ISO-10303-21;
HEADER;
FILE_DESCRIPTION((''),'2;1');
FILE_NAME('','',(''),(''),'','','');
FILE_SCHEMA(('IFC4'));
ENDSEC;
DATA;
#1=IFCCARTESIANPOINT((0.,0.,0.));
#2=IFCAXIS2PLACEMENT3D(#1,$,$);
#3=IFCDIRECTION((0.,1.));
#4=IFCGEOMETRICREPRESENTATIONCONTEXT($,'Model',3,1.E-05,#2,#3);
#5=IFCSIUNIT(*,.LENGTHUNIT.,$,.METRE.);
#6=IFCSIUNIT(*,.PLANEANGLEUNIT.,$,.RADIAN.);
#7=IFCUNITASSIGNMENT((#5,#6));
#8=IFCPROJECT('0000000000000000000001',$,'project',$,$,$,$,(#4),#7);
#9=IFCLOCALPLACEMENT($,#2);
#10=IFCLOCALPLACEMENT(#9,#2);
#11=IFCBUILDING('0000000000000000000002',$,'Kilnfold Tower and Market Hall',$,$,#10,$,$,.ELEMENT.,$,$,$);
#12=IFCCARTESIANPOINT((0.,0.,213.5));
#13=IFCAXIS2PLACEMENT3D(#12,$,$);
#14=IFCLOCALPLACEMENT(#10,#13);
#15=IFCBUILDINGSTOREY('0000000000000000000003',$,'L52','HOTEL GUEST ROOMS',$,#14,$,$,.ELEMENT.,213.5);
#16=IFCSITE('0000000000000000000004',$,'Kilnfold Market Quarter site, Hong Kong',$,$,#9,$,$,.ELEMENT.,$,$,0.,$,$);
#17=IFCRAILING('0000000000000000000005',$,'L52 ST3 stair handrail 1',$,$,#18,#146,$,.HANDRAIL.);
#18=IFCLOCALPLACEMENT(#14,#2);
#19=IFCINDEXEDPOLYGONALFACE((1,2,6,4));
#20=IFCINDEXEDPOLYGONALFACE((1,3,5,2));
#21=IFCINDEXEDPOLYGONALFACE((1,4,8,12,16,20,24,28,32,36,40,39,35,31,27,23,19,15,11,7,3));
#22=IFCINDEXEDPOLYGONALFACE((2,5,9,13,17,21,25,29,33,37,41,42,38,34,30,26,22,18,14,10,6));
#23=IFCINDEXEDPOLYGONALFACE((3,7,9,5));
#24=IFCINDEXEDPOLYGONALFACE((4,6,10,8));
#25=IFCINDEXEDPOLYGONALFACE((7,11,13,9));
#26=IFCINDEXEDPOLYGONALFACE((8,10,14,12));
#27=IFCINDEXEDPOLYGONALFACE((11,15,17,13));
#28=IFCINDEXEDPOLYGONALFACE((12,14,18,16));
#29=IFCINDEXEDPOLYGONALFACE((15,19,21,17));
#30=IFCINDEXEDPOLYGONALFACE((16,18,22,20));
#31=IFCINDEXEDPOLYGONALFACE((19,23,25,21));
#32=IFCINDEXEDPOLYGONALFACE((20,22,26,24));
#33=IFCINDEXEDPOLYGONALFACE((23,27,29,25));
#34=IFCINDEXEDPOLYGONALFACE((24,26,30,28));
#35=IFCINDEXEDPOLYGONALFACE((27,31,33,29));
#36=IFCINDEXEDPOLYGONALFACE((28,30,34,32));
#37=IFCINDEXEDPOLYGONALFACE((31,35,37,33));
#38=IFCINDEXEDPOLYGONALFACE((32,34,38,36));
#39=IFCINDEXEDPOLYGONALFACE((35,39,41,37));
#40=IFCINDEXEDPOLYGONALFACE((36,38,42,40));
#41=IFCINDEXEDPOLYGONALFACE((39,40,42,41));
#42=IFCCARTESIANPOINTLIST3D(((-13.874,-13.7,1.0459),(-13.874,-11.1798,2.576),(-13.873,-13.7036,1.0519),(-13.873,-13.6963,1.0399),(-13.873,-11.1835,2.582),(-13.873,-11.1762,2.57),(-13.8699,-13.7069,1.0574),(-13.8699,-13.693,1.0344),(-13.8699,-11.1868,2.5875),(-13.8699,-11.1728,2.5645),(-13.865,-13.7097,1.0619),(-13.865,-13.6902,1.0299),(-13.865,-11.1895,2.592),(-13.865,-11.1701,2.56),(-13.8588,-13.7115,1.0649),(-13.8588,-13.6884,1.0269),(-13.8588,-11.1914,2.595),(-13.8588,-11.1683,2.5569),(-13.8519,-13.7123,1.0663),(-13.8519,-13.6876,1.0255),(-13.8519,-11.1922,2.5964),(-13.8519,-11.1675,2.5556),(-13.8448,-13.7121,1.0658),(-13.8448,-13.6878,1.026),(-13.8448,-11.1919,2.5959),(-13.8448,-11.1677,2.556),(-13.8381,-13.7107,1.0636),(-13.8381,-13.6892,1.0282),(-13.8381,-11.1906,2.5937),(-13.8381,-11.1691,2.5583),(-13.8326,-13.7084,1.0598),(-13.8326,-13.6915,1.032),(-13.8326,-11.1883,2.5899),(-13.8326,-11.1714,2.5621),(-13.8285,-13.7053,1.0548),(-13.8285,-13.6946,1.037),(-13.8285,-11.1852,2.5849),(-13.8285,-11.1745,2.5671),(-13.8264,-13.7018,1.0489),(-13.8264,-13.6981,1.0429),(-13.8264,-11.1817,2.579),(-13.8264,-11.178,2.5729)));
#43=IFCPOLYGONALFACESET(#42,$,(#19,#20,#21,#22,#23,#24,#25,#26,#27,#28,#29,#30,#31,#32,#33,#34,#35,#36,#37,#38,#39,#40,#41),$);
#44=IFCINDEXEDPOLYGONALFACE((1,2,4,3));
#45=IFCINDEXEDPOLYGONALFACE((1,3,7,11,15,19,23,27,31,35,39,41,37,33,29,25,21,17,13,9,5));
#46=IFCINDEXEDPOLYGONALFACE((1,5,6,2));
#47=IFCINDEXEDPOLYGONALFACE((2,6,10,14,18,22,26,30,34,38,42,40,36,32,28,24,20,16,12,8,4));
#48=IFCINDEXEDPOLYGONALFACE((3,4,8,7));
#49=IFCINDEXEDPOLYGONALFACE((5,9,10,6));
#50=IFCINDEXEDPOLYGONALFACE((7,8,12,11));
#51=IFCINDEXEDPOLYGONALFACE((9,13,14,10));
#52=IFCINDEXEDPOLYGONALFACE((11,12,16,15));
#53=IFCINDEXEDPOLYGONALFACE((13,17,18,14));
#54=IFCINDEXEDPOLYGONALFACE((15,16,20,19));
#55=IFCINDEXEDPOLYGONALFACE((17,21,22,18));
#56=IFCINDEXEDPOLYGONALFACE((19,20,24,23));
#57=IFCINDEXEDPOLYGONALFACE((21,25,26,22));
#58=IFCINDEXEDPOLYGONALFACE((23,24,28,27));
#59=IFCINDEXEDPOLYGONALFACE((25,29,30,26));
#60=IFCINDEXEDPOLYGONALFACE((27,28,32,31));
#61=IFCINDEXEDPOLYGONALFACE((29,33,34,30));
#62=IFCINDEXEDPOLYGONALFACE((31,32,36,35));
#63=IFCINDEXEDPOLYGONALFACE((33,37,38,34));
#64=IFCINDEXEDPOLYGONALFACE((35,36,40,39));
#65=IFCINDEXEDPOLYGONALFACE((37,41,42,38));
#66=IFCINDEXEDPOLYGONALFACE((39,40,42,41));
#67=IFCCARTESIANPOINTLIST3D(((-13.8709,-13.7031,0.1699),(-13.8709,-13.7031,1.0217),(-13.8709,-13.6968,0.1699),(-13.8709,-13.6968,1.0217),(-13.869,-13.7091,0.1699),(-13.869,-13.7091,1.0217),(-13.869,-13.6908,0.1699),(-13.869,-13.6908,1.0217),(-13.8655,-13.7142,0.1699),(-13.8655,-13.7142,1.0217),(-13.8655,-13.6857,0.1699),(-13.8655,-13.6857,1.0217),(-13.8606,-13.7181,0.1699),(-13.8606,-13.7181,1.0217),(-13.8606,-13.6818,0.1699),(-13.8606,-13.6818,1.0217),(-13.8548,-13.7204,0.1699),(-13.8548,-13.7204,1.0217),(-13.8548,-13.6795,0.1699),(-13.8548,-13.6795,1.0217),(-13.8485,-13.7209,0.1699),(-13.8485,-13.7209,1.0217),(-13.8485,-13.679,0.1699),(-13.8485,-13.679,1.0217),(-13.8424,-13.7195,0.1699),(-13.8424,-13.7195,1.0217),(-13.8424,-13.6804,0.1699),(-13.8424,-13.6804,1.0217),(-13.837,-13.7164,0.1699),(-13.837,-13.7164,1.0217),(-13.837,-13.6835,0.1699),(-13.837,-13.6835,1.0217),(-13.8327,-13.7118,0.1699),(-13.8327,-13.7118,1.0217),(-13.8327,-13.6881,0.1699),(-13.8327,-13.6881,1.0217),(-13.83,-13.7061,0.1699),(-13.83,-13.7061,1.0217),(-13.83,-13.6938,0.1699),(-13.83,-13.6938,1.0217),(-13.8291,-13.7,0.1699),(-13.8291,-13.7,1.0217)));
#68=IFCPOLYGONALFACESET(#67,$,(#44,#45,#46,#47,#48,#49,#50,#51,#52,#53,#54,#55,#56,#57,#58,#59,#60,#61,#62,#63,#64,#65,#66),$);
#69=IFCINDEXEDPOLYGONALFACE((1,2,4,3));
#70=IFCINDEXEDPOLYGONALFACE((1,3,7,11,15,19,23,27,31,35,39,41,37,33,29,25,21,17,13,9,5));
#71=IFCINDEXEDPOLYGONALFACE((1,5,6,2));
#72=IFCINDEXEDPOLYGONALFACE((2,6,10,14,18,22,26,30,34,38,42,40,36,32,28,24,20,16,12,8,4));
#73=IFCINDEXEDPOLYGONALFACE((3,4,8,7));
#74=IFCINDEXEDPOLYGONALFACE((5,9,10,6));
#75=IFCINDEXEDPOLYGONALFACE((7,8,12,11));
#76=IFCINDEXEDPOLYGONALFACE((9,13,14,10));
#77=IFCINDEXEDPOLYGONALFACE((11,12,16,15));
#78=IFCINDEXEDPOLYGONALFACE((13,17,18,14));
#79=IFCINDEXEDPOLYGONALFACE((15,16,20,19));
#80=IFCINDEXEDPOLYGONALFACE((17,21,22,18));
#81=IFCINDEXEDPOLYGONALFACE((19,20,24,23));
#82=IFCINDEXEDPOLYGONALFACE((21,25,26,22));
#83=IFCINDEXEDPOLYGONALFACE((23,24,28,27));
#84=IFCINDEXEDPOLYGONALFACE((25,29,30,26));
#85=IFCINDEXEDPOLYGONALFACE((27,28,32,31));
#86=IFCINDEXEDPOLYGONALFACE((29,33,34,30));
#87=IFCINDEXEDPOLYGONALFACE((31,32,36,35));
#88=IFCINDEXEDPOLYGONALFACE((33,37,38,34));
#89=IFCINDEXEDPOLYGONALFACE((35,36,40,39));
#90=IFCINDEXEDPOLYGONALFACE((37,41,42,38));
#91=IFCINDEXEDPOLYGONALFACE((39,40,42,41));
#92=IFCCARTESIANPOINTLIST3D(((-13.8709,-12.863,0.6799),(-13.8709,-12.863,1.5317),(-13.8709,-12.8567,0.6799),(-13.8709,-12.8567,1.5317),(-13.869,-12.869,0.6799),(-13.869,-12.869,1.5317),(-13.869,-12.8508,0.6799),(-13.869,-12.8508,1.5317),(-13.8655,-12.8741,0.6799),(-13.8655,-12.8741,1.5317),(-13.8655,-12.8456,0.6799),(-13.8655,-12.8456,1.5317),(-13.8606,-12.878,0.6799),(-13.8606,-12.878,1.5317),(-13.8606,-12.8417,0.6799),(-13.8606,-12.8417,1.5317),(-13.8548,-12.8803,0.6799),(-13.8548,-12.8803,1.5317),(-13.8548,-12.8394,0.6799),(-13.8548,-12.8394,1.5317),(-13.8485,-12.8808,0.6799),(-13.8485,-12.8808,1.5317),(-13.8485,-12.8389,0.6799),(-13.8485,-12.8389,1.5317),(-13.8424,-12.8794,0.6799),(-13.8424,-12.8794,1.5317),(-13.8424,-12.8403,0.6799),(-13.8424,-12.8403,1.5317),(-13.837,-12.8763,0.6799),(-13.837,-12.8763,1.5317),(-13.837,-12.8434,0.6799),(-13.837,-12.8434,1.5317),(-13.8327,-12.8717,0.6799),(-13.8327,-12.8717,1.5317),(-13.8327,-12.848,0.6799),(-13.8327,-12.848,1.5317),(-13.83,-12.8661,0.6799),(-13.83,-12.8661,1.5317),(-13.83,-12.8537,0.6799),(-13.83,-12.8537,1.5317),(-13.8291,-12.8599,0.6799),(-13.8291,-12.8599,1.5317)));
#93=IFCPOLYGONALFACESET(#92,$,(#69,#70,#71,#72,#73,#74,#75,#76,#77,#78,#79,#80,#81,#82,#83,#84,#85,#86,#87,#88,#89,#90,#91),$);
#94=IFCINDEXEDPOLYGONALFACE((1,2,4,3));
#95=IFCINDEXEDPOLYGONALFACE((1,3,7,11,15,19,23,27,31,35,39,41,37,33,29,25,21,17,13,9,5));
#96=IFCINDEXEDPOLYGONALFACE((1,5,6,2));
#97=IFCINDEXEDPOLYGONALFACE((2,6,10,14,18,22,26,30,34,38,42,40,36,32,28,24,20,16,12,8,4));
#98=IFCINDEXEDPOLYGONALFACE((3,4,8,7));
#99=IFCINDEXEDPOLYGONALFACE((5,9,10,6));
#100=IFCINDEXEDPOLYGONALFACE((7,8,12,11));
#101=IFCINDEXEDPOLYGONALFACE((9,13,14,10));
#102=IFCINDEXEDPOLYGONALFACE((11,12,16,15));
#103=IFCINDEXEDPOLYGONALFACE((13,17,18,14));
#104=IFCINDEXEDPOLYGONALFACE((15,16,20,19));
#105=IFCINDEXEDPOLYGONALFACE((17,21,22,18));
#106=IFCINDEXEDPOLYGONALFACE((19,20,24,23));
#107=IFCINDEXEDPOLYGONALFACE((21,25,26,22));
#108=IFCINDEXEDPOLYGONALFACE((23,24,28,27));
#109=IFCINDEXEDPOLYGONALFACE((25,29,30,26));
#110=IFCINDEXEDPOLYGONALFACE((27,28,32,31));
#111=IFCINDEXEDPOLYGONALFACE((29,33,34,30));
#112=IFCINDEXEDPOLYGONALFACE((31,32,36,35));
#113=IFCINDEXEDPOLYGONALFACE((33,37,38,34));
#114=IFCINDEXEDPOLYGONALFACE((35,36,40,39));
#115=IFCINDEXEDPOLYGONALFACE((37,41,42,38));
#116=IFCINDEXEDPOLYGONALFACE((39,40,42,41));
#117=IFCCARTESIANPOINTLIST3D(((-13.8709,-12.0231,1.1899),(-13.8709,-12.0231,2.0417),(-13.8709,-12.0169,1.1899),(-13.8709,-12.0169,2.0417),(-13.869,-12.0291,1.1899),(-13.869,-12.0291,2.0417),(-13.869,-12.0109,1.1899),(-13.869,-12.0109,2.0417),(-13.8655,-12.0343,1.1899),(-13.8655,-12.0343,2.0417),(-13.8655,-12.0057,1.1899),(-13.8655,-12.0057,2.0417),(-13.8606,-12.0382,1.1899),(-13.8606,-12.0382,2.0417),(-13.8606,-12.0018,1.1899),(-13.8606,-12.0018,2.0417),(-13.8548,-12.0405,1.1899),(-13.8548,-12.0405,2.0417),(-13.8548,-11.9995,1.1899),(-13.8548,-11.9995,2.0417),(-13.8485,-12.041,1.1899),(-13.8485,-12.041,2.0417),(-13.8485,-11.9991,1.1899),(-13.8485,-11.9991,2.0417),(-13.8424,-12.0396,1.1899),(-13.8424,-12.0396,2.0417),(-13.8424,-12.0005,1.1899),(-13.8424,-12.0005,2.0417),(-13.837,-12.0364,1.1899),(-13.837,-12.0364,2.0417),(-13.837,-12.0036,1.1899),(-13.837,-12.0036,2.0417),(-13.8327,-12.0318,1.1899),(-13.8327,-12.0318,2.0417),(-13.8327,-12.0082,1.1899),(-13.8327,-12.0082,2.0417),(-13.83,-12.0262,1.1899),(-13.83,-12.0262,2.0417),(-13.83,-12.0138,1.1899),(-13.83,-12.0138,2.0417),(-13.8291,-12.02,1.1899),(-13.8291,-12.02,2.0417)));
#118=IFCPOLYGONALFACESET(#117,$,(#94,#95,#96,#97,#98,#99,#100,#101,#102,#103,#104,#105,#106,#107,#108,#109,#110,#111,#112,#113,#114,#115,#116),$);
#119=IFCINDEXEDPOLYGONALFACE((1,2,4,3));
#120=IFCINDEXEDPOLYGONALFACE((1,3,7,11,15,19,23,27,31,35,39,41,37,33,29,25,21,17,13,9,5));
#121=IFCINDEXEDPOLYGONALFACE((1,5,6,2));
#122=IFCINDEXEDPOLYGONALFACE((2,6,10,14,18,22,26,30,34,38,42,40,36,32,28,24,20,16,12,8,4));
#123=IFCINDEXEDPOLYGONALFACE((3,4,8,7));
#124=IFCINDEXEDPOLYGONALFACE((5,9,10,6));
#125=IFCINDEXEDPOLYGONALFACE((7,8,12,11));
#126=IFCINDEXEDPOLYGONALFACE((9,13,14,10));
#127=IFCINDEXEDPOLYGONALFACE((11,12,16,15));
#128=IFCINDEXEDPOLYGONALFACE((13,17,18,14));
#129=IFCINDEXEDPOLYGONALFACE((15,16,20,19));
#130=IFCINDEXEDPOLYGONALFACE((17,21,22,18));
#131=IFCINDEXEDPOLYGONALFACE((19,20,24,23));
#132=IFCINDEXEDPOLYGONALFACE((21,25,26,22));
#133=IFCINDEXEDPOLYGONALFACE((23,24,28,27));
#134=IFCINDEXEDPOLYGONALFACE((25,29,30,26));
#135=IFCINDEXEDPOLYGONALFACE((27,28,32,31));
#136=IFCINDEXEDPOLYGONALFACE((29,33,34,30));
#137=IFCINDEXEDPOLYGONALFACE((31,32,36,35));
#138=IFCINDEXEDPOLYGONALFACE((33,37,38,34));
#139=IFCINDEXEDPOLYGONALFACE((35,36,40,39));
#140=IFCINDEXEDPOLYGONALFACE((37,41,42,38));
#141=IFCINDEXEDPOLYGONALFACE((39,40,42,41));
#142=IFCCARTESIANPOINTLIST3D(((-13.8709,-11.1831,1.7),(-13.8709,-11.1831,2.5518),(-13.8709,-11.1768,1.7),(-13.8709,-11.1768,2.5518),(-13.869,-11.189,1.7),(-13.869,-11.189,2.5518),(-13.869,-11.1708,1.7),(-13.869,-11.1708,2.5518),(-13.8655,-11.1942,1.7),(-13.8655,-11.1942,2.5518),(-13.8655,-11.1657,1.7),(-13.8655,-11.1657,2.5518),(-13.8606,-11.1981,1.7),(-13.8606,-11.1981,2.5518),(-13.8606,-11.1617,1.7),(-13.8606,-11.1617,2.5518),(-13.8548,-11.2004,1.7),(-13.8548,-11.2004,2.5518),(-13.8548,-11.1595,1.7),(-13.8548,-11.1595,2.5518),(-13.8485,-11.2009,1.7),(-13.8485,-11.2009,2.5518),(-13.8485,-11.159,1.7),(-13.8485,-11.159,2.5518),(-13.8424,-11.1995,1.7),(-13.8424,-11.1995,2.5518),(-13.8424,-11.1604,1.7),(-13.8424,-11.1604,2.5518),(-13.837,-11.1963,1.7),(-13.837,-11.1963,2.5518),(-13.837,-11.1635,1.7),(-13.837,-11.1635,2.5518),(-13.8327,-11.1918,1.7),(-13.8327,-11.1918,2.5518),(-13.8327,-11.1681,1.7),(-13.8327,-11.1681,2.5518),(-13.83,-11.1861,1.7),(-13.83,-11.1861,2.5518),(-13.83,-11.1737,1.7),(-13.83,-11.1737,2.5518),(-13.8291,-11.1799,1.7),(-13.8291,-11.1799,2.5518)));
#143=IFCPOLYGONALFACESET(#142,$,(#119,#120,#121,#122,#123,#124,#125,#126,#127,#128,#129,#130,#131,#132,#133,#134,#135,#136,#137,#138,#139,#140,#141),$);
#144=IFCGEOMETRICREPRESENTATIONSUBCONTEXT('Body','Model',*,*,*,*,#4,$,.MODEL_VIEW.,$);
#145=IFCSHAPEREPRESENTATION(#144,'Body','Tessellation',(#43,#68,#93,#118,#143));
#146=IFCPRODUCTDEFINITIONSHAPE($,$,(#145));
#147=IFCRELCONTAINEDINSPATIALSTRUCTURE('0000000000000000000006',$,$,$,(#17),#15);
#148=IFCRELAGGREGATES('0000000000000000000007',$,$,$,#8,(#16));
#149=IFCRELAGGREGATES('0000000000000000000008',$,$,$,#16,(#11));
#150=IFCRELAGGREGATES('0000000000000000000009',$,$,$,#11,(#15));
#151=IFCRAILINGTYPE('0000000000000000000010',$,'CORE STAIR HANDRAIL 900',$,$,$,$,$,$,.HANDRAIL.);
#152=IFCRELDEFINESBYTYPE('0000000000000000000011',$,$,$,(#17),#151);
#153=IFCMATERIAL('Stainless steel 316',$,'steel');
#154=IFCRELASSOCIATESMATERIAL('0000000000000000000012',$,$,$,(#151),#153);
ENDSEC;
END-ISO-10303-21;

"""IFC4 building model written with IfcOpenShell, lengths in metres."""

from ifc_helpers import new_model, si_unit, direction, frame, origin, origin_2d, place, context, subcontext, project, spatial, circle, extrude, material, type_object, element, save


model = new_model("IFC4")

# Units and contexts
model_context = context("Model", 3, precision=1e-05, world=origin(), true_north=direction((0.0, 1.0)))
body_context = subcontext(model_context, "Body", "Model", "MODEL_VIEW")
ifc_project = project(units=[si_unit("LENGTHUNIT", "METRE"), si_unit("PLANEANGLEUNIT", "RADIAN")], contexts=[model_context])

# Site, building, storey
site_placement = place(None, origin())
site = spatial("IfcSite", under=ifc_project, at=site_placement, Name="Kilnfold Market Quarter site, Hong Kong", CompositionType="ELEMENT", RefElevation=0.0)
building_placement = place(site_placement, origin())
building = spatial("IfcBuilding", under=site, at=building_placement, Name="Kilnfold Tower and Market Hall", CompositionType="ELEMENT")
storey_placement = place(building_placement, frame((0.0, 0.0, 213.5)))
storey = spatial("IfcBuildingStorey", under=building, at=storey_placement, Name="L52", Description="HOTEL GUEST ROOMS", CompositionType="ELEMENT", Elevation=213.5)

# Railing
ifc_material_1 = material(Name="Stainless steel 316", Category="steel")
railing_type_1 = type_object("IfcRailingType", Name="CORE STAIR HANDRAIL 900", PredefinedType="HANDRAIL", material=ifc_material_1)
railing_1_placement = place(storey_placement, frame((-13.8501, -13.7, 0.1699)))
element("IfcRailing", 1, at=railing_1_placement, inside=storey, type_object=railing_type_1, Name="L52 ST3 stair handrail 1", PredefinedType="HANDRAIL", context=body_context, shape_type="SweptSolid", body=[
    extrude(circle(Radius=0.0239, at=origin_2d()), frame((0.0, 0.0, 0.876), z_axis=(0.0, 0.854785, 0.518982), x_axis=(-1.0, 0.0, 0.0)), (0.0, 0.0, 1.0), 2.9482),
    extrude(circle(Radius=0.021, at=origin_2d()), origin(), (0.0, 0.0, 1.0), 0.8518),
    extrude(circle(Radius=0.021, at=origin_2d()), frame((0.0, 0.8401, 0.51)), (0.0, 0.0, 1.0), 0.8518),
    extrude(circle(Radius=0.021, at=origin_2d()), frame((0.0, 1.6799, 1.02)), (0.0, 0.0, 1.0), 0.8518),
    extrude(circle(Radius=0.021, at=origin_2d()), frame((0.0, 2.52, 1.53)), (0.0, 0.0, 1.0), 0.8518),
])

save(model, "model.ifc")
